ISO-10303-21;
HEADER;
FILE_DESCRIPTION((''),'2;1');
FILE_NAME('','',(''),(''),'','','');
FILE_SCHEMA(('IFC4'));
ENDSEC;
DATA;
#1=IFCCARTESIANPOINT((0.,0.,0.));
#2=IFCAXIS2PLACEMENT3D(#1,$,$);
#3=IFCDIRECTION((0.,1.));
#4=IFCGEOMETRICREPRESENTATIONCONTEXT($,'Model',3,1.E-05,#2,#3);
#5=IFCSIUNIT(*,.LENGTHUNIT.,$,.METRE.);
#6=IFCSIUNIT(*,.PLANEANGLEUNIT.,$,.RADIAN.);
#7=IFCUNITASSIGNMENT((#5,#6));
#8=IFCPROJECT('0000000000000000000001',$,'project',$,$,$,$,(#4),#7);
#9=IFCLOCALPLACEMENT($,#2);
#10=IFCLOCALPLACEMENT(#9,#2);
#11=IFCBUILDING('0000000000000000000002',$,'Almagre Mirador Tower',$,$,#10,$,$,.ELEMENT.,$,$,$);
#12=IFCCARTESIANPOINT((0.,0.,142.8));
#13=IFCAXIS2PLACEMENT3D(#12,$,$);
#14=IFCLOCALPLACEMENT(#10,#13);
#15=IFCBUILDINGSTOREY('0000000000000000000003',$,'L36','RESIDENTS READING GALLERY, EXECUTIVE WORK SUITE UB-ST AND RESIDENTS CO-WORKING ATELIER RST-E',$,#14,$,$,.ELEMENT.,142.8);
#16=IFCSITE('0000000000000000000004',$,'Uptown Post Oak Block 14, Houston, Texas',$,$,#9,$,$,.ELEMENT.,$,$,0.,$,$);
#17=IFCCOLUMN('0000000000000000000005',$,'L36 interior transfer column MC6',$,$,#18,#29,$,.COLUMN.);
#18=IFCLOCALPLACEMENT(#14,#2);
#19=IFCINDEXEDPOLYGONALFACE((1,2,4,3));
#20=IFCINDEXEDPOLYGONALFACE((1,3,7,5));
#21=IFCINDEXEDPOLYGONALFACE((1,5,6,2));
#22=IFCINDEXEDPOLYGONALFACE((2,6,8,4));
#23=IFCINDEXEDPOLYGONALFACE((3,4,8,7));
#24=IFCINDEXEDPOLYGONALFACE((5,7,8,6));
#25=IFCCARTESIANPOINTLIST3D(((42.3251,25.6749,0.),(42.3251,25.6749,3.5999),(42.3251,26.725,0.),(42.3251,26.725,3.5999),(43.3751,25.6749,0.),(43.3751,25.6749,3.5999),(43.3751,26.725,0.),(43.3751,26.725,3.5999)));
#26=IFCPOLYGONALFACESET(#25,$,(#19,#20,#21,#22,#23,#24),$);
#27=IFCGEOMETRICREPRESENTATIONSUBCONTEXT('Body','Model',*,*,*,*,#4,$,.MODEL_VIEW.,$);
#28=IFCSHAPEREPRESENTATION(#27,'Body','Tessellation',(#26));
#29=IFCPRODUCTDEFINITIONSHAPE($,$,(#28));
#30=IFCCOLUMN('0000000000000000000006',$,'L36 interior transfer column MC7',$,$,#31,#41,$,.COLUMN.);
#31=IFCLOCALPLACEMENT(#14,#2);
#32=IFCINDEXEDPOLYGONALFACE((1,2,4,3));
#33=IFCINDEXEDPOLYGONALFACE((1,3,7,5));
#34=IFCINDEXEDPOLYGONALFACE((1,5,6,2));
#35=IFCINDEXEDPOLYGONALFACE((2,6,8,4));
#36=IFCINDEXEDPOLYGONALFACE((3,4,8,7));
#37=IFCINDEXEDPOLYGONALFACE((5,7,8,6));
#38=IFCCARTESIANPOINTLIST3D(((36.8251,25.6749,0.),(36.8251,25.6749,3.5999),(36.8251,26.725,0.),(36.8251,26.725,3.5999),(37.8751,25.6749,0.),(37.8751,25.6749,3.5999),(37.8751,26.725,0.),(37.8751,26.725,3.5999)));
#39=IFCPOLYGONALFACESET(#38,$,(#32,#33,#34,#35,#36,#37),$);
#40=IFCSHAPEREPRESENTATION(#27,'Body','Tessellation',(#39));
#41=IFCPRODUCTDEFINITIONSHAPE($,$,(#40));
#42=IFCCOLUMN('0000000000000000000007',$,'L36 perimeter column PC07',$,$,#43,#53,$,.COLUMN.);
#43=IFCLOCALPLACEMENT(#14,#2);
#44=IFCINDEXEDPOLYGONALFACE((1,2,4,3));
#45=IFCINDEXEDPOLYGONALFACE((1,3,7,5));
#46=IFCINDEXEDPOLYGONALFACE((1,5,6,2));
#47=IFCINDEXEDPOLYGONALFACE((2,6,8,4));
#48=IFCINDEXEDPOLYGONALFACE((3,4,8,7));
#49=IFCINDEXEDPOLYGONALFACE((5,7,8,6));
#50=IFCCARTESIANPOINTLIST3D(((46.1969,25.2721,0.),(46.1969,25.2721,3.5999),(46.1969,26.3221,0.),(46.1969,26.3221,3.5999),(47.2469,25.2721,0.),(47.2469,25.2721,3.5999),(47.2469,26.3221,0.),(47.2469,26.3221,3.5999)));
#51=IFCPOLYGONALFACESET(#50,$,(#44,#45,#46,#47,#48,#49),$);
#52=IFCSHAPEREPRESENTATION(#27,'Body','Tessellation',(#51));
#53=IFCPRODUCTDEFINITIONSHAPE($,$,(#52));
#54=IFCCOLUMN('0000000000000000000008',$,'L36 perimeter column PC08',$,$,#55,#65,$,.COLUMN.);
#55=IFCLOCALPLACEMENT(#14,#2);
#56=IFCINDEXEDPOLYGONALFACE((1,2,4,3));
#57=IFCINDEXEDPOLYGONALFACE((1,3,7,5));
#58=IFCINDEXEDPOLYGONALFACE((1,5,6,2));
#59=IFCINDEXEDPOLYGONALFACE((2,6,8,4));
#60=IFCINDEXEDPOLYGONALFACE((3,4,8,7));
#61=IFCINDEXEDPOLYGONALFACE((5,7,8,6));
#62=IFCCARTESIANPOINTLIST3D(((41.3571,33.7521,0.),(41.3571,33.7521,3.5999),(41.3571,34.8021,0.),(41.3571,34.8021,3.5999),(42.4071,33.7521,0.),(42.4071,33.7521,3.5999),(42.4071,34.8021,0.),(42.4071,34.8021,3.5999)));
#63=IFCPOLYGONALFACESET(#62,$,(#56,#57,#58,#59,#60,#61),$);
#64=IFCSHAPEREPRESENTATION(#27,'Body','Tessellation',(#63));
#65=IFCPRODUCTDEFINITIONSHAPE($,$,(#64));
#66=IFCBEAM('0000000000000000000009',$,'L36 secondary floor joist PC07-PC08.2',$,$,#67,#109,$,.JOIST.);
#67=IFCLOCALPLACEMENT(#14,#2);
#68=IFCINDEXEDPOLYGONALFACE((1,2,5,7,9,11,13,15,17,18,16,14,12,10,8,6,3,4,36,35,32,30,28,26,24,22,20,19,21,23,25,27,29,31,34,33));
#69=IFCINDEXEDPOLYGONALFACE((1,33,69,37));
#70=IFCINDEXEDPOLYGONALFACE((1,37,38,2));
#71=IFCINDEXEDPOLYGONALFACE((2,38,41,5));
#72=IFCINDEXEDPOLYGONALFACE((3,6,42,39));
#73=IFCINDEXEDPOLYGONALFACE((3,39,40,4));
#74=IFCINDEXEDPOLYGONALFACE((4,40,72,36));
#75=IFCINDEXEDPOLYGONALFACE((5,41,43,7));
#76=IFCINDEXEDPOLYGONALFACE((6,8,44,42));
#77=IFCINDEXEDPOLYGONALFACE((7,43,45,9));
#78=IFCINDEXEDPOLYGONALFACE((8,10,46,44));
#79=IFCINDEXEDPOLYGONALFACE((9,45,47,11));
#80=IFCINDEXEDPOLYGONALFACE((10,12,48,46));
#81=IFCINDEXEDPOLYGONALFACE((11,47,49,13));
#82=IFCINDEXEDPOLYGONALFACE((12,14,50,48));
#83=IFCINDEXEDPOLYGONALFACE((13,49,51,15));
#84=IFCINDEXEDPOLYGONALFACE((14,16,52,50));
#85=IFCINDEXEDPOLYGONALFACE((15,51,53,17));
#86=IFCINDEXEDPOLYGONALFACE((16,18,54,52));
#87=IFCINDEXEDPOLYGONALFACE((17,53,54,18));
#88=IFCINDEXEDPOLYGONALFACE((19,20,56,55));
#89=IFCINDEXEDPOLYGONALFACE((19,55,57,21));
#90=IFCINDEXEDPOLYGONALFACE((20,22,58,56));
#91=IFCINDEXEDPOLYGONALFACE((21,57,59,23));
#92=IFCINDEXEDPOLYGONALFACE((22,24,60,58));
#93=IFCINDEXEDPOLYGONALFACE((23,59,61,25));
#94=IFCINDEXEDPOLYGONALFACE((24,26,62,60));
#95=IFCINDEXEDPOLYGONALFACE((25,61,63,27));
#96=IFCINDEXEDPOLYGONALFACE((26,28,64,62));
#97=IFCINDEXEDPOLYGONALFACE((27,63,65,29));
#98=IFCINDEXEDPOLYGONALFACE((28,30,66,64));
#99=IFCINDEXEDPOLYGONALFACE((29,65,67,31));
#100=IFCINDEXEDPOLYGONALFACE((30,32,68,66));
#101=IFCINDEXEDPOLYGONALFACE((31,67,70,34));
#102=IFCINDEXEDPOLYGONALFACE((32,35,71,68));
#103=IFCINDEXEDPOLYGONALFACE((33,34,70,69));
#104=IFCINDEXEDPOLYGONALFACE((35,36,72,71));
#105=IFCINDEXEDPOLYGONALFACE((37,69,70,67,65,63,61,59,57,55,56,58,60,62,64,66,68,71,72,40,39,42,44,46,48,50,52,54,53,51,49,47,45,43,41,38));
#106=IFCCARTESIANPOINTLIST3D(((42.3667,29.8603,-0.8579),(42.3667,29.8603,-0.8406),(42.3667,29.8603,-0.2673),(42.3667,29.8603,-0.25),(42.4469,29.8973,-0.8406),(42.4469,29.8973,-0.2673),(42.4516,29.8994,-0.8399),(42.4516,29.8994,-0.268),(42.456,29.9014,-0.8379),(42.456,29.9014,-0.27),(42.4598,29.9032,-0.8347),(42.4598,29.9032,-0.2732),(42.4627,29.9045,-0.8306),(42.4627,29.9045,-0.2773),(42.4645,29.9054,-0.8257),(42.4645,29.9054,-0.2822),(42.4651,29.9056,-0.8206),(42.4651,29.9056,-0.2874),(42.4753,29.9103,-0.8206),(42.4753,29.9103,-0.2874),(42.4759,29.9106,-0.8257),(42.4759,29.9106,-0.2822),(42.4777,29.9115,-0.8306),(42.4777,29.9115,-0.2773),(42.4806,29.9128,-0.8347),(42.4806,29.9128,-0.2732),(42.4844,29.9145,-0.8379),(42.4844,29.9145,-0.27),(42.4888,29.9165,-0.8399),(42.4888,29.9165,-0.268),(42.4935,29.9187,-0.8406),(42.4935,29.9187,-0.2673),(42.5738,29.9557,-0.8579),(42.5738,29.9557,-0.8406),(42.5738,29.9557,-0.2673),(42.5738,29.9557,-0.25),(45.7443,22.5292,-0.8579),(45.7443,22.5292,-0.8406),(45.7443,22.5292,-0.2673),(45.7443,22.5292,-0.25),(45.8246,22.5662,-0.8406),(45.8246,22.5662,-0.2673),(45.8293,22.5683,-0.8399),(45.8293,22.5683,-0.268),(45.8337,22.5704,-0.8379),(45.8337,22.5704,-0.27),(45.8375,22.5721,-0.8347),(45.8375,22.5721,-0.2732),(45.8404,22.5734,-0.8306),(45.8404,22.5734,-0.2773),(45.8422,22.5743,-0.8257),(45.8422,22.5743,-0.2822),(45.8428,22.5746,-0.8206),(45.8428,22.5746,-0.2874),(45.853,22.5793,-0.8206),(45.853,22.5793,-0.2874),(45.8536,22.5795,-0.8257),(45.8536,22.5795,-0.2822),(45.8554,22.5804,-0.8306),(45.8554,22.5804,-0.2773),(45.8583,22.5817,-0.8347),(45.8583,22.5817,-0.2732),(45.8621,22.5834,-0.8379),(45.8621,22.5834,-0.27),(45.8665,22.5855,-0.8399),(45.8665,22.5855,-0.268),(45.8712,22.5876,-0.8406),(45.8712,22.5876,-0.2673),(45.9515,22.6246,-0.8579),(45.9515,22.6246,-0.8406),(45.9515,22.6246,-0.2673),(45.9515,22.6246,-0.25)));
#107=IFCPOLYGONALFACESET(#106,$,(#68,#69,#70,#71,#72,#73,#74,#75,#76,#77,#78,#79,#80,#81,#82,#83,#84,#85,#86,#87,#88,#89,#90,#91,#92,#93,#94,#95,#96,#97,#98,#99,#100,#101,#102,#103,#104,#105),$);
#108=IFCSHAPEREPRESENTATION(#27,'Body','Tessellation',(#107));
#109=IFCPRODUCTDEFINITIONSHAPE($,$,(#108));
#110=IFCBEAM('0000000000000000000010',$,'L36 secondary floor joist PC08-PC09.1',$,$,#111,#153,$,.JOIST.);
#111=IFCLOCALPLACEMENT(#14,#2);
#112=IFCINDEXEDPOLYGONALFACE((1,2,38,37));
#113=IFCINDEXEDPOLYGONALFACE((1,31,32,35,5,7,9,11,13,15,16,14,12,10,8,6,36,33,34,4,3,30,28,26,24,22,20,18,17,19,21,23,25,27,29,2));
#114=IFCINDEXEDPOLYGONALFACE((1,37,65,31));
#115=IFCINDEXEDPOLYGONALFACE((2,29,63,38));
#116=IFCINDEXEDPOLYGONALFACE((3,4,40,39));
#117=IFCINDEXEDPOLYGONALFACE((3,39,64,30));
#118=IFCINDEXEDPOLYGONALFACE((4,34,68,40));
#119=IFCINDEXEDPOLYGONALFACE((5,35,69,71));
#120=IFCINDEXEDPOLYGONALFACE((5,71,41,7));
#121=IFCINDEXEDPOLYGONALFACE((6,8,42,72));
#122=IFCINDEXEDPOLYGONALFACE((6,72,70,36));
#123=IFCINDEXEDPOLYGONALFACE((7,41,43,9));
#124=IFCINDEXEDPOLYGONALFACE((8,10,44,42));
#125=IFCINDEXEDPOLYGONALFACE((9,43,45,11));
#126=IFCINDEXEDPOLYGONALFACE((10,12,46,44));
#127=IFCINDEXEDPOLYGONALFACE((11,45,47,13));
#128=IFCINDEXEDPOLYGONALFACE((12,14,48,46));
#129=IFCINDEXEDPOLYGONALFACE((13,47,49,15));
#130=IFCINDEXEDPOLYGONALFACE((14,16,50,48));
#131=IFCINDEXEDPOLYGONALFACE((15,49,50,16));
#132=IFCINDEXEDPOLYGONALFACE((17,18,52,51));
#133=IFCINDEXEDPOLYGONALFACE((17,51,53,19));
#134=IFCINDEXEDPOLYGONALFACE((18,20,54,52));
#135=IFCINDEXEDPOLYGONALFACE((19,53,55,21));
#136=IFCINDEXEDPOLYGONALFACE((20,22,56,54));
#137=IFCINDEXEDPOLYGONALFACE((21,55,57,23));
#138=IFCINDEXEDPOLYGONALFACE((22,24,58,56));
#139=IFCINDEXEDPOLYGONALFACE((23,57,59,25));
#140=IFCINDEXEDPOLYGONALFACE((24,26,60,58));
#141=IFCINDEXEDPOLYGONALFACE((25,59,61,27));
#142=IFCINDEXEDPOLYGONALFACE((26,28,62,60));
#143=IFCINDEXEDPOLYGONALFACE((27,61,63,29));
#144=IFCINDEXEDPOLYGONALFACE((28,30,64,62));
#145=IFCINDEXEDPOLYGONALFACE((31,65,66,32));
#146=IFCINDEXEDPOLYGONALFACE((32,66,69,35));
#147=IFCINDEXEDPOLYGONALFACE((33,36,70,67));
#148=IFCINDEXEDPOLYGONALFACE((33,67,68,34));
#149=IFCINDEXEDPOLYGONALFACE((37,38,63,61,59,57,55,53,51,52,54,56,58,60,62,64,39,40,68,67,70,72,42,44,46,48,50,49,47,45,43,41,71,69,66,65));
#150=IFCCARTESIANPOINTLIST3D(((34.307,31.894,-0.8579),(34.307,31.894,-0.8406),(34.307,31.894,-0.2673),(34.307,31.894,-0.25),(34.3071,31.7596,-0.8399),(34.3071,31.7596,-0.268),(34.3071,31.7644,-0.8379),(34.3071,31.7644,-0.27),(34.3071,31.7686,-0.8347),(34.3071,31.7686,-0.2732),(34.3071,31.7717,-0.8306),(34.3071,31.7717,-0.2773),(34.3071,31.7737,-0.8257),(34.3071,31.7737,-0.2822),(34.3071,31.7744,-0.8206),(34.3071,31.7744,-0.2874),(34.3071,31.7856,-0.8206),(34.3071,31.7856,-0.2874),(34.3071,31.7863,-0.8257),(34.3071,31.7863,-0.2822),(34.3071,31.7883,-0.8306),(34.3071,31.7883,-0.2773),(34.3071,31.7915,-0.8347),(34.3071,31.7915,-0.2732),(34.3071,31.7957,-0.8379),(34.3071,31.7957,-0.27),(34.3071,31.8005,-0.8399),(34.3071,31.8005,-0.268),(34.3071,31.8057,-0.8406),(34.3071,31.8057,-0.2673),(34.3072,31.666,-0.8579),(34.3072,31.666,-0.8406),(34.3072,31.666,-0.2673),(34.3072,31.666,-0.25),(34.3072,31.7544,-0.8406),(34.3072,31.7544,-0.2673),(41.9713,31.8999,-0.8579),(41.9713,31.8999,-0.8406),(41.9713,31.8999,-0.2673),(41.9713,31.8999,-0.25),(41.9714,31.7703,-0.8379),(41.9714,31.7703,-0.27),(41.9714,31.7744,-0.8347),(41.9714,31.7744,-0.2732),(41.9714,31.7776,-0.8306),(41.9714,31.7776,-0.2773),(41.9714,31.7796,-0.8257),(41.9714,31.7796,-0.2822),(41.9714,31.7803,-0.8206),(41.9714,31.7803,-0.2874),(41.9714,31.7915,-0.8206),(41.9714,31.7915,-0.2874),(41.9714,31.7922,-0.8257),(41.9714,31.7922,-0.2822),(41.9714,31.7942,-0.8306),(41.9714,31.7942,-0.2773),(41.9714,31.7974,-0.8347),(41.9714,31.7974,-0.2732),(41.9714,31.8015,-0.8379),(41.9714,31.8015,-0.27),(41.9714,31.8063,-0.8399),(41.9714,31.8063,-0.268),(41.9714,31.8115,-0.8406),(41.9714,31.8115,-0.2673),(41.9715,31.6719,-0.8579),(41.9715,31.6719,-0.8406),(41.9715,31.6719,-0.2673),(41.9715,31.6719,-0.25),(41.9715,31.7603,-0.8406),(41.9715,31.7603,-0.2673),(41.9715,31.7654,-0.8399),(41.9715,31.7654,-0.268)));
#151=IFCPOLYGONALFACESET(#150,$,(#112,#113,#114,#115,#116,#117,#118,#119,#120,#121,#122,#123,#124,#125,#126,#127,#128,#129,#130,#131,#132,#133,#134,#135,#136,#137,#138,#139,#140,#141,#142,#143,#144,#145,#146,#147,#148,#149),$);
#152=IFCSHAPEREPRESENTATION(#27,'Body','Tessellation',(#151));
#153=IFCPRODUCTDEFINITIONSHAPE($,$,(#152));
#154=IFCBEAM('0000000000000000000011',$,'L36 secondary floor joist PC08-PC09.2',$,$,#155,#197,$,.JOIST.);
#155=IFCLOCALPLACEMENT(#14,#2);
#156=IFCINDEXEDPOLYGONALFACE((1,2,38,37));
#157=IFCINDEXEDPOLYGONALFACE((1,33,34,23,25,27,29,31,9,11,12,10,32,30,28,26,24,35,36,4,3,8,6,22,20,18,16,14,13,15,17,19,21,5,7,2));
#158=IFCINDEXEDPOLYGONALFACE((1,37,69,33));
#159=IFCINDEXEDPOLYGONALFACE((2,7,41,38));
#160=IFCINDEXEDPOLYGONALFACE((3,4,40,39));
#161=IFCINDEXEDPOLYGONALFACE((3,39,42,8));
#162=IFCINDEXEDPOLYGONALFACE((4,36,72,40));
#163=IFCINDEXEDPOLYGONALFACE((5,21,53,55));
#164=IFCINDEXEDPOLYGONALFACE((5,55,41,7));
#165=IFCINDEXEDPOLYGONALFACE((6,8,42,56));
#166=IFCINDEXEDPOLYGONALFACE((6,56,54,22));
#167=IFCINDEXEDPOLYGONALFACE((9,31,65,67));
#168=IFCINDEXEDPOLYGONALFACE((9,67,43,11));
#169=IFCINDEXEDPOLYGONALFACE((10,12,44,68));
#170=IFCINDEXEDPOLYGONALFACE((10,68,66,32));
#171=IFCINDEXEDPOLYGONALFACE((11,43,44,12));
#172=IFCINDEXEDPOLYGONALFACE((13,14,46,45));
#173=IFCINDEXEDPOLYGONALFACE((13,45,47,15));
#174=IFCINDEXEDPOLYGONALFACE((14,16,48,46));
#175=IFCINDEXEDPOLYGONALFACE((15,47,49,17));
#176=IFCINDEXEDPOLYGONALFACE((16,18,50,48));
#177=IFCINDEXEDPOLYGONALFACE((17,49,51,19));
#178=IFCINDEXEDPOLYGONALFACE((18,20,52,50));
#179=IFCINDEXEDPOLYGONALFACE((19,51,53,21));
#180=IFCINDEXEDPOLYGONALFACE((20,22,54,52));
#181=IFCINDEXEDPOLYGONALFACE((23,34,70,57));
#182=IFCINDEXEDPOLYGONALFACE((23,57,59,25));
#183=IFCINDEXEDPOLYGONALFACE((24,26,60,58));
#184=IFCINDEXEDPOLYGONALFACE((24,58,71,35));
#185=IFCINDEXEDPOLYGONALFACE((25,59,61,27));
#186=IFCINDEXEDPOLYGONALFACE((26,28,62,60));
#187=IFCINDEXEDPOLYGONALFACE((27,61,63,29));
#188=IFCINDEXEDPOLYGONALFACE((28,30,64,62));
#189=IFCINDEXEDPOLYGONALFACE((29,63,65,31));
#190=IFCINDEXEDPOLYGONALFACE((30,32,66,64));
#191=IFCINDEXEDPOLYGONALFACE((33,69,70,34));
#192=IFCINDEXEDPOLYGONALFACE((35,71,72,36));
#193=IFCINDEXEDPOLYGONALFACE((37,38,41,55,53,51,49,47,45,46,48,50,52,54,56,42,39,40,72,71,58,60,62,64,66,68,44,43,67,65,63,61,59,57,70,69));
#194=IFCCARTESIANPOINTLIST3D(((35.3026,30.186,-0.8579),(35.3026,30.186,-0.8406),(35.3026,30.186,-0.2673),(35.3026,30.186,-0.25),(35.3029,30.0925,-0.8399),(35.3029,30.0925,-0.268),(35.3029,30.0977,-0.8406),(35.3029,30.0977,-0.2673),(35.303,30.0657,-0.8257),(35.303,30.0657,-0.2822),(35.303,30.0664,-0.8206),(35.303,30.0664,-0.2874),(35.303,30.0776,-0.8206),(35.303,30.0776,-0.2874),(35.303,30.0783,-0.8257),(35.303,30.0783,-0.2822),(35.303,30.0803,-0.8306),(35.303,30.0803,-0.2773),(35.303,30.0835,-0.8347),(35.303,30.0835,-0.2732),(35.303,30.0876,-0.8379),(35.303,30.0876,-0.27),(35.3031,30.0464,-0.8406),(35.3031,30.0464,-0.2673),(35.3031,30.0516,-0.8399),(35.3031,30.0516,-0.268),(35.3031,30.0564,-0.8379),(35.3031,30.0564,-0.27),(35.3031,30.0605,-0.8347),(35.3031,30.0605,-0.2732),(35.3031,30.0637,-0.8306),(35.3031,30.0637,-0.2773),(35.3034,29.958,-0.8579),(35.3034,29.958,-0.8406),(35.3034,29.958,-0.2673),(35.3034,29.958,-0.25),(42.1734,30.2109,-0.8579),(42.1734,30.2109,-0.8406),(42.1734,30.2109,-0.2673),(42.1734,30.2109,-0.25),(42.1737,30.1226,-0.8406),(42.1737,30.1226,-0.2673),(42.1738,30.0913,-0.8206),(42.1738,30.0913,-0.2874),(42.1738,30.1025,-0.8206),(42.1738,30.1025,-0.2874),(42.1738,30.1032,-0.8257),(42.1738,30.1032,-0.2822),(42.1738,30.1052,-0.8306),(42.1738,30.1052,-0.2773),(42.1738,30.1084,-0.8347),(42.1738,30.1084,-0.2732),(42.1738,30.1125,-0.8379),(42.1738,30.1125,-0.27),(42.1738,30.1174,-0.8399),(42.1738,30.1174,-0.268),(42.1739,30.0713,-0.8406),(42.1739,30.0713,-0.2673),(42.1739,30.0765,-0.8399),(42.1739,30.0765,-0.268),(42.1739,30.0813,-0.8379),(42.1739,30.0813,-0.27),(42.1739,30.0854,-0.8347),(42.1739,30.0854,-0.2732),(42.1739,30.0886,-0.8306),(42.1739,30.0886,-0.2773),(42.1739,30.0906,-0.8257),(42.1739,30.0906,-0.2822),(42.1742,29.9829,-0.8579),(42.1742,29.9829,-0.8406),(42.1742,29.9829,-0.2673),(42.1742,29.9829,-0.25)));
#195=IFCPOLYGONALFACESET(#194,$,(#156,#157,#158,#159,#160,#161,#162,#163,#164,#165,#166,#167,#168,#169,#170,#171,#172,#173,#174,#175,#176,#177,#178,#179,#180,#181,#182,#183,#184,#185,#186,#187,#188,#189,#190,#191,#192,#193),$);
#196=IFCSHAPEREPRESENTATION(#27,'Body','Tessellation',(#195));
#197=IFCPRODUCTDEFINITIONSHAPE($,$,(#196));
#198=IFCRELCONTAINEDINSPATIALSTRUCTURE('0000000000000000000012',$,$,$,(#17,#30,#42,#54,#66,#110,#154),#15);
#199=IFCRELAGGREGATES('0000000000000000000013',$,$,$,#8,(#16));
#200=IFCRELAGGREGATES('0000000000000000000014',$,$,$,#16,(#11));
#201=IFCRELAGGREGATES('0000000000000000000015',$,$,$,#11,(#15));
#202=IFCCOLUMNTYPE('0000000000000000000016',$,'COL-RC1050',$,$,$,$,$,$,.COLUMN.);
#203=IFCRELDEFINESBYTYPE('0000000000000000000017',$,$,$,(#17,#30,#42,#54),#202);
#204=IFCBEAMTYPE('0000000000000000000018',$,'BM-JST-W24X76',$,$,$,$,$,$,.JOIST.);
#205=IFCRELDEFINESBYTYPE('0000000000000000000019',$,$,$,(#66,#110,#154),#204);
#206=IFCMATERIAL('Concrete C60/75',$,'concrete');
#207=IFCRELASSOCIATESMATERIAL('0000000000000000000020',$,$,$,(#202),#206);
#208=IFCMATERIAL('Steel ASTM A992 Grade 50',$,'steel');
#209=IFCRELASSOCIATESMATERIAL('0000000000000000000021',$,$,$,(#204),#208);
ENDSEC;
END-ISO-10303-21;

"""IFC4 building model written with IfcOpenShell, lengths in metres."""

from ifc_helpers import new_model, si_unit, direction, frame, origin, origin_2d, place, context, subcontext, project, spatial, rectangle, i_section, extrude, material, material_profile, profile_set, type_object, element, save


model = new_model("IFC4")

# Units and contexts
model_context = context("Model", 3, precision=1e-05, world=origin(), true_north=direction((0.0, 1.0)))
body_context = subcontext(model_context, "Body", "Model", "MODEL_VIEW")
ifc_project = project(units=[si_unit("LENGTHUNIT", "METRE"), si_unit("PLANEANGLEUNIT", "RADIAN")], contexts=[model_context])

# Site, building, storey
site_placement = place(None, origin())
site = spatial("IfcSite", under=ifc_project, at=site_placement, Name="Uptown Post Oak Block 14, Houston, Texas", CompositionType="ELEMENT", RefElevation=0.0)
building_placement = place(site_placement, origin())
building = spatial("IfcBuilding", under=site, at=building_placement, Name="Almagre Mirador Tower", CompositionType="ELEMENT")
storey_placement = place(building_placement, frame((0.0, 0.0, 142.8)))
storey = spatial("IfcBuildingStorey", under=building, at=storey_placement, Name="L36", Description="RESIDENTS READING GALLERY, EXECUTIVE WORK SUITE UB-ST AND RESIDENTS CO-WORKING ATELIER RST-E", CompositionType="ELEMENT", Elevation=142.8)

# Columns
ifc_material_1 = material(Name="Concrete C60/75", Category="concrete")
ifc_material_profile_1 = material_profile(ifc_material_1, rectangle(XDim=1.05, YDim=1.05, at=origin_2d()), Name="RC1050X1050")
ifc_profile_set_1 = profile_set([ifc_material_profile_1], Name="Concrete C60/75")
column_type = type_object("IfcColumnType", Name="COL-RC1050", PredefinedType="COLUMN", material=ifc_profile_set_1)
for number, where, z_axis, x_axis, name in (
    (1, (42.8501, 26.2, 0.0), (0.0, 0.0, 1.0), (1.0, 0.0, 0.0), "L36 interior transfer column MC6"),
    (2, (37.3501, 26.2, 0.0), (0.0, 0.0, 1.0), (1.0, 0.0, 0.0), "L36 interior transfer column MC7"),
    (3, (46.7219, 25.7971, 0.0), (0.0, 0.0, 1.0), (1.0, 0.0, 0.0), "L36 perimeter column PC07"),
    (4, (41.8821, 34.2771, 0.0), (0.0, 0.0, 1.0), (1.0, 0.0, 0.0), "L36 perimeter column PC08"),
):
    element("IfcColumn", number, at=place(storey_placement, frame(where, z_axis=z_axis, x_axis=x_axis)), inside=storey, type_object=column_type, Name=name, PredefinedType="COLUMN", context=body_context, shape_type="SweptSolid", body=[
        extrude(rectangle(XDim=1.05, YDim=1.05, at=origin_2d()), origin(), (0.0, 0.0, 1.0), 3.5999),
    ])

# Beams
ifc_material_2 = material(Name="Steel ASTM A992 Grade 50", Category="steel")
ifc_material_profile_2 = material_profile(ifc_material_2, i_section(OverallWidth=0.228, OverallDepth=0.6079, WebThickness=0.0112, FlangeThickness=0.0173, FilletRadius=0.02, at=origin_2d()), Name="W24X76")
ifc_profile_set_2 = profile_set([ifc_material_profile_2], Name="Steel ASTM A992 Grade 50")
beam_type_1 = type_object("IfcBeamType", Name="BM-JST-W24X76", PredefinedType="JOIST", material=ifc_profile_set_2)
beam_1_placement = place(storey_placement, frame((45.8479, 22.5769, -0.554), z_axis=(-0.418458, 0.908236, 0.0), x_axis=(-0.908236, -0.418458, 0.0)))
element("IfcBeam", 5, at=beam_1_placement, inside=storey, type_object=beam_type_1, Name="L36 secondary floor joist PC07-PC08.2", PredefinedType="JOIST", context=body_context, shape_type="SweptSolid", body=[
    extrude(i_section(OverallWidth=0.228, OverallDepth=0.6079, WebThickness=0.0112, FlangeThickness=0.0173, FilletRadius=0.02, at=origin_2d()), origin(), (0.0, 0.0, 1.0), 8.0718),
])
beam_2_placement = place(storey_placement, frame((41.9714, 31.7859, -0.554), z_axis=(-1.0, -0.000765, 0.0), x_axis=(0.000765, -1.0, 0.0)))
element("IfcBeam", 6, at=beam_2_placement, inside=storey, type_object=beam_type_1, Name="L36 secondary floor joist PC08-PC09.1", PredefinedType="JOIST", context=body_context, shape_type="SweptSolid", body=[
    extrude(i_section(OverallWidth=0.228, OverallDepth=0.6079, WebThickness=0.0112, FlangeThickness=0.0173, FilletRadius=0.02, at=origin_2d()), origin(), (0.0, 0.0, 1.0), 7.6643),
])
beam_3_placement = place(storey_placement, frame((42.1738, 30.0969, -0.554), z_axis=(-0.999993, -0.003624, 0.0), x_axis=(0.003624, -0.999993, 0.0)))
element("IfcBeam", 7, at=beam_3_placement, inside=storey, type_object=beam_type_1, Name="L36 secondary floor joist PC08-PC09.2", PredefinedType="JOIST", context=body_context, shape_type="SweptSolid", body=[
    extrude(i_section(OverallWidth=0.228, OverallDepth=0.6079, WebThickness=0.0112, FlangeThickness=0.0173, FilletRadius=0.02, at=origin_2d()), origin(), (0.0, 0.0, 1.0), 6.8708),
])

save(model, "model.ifc")
